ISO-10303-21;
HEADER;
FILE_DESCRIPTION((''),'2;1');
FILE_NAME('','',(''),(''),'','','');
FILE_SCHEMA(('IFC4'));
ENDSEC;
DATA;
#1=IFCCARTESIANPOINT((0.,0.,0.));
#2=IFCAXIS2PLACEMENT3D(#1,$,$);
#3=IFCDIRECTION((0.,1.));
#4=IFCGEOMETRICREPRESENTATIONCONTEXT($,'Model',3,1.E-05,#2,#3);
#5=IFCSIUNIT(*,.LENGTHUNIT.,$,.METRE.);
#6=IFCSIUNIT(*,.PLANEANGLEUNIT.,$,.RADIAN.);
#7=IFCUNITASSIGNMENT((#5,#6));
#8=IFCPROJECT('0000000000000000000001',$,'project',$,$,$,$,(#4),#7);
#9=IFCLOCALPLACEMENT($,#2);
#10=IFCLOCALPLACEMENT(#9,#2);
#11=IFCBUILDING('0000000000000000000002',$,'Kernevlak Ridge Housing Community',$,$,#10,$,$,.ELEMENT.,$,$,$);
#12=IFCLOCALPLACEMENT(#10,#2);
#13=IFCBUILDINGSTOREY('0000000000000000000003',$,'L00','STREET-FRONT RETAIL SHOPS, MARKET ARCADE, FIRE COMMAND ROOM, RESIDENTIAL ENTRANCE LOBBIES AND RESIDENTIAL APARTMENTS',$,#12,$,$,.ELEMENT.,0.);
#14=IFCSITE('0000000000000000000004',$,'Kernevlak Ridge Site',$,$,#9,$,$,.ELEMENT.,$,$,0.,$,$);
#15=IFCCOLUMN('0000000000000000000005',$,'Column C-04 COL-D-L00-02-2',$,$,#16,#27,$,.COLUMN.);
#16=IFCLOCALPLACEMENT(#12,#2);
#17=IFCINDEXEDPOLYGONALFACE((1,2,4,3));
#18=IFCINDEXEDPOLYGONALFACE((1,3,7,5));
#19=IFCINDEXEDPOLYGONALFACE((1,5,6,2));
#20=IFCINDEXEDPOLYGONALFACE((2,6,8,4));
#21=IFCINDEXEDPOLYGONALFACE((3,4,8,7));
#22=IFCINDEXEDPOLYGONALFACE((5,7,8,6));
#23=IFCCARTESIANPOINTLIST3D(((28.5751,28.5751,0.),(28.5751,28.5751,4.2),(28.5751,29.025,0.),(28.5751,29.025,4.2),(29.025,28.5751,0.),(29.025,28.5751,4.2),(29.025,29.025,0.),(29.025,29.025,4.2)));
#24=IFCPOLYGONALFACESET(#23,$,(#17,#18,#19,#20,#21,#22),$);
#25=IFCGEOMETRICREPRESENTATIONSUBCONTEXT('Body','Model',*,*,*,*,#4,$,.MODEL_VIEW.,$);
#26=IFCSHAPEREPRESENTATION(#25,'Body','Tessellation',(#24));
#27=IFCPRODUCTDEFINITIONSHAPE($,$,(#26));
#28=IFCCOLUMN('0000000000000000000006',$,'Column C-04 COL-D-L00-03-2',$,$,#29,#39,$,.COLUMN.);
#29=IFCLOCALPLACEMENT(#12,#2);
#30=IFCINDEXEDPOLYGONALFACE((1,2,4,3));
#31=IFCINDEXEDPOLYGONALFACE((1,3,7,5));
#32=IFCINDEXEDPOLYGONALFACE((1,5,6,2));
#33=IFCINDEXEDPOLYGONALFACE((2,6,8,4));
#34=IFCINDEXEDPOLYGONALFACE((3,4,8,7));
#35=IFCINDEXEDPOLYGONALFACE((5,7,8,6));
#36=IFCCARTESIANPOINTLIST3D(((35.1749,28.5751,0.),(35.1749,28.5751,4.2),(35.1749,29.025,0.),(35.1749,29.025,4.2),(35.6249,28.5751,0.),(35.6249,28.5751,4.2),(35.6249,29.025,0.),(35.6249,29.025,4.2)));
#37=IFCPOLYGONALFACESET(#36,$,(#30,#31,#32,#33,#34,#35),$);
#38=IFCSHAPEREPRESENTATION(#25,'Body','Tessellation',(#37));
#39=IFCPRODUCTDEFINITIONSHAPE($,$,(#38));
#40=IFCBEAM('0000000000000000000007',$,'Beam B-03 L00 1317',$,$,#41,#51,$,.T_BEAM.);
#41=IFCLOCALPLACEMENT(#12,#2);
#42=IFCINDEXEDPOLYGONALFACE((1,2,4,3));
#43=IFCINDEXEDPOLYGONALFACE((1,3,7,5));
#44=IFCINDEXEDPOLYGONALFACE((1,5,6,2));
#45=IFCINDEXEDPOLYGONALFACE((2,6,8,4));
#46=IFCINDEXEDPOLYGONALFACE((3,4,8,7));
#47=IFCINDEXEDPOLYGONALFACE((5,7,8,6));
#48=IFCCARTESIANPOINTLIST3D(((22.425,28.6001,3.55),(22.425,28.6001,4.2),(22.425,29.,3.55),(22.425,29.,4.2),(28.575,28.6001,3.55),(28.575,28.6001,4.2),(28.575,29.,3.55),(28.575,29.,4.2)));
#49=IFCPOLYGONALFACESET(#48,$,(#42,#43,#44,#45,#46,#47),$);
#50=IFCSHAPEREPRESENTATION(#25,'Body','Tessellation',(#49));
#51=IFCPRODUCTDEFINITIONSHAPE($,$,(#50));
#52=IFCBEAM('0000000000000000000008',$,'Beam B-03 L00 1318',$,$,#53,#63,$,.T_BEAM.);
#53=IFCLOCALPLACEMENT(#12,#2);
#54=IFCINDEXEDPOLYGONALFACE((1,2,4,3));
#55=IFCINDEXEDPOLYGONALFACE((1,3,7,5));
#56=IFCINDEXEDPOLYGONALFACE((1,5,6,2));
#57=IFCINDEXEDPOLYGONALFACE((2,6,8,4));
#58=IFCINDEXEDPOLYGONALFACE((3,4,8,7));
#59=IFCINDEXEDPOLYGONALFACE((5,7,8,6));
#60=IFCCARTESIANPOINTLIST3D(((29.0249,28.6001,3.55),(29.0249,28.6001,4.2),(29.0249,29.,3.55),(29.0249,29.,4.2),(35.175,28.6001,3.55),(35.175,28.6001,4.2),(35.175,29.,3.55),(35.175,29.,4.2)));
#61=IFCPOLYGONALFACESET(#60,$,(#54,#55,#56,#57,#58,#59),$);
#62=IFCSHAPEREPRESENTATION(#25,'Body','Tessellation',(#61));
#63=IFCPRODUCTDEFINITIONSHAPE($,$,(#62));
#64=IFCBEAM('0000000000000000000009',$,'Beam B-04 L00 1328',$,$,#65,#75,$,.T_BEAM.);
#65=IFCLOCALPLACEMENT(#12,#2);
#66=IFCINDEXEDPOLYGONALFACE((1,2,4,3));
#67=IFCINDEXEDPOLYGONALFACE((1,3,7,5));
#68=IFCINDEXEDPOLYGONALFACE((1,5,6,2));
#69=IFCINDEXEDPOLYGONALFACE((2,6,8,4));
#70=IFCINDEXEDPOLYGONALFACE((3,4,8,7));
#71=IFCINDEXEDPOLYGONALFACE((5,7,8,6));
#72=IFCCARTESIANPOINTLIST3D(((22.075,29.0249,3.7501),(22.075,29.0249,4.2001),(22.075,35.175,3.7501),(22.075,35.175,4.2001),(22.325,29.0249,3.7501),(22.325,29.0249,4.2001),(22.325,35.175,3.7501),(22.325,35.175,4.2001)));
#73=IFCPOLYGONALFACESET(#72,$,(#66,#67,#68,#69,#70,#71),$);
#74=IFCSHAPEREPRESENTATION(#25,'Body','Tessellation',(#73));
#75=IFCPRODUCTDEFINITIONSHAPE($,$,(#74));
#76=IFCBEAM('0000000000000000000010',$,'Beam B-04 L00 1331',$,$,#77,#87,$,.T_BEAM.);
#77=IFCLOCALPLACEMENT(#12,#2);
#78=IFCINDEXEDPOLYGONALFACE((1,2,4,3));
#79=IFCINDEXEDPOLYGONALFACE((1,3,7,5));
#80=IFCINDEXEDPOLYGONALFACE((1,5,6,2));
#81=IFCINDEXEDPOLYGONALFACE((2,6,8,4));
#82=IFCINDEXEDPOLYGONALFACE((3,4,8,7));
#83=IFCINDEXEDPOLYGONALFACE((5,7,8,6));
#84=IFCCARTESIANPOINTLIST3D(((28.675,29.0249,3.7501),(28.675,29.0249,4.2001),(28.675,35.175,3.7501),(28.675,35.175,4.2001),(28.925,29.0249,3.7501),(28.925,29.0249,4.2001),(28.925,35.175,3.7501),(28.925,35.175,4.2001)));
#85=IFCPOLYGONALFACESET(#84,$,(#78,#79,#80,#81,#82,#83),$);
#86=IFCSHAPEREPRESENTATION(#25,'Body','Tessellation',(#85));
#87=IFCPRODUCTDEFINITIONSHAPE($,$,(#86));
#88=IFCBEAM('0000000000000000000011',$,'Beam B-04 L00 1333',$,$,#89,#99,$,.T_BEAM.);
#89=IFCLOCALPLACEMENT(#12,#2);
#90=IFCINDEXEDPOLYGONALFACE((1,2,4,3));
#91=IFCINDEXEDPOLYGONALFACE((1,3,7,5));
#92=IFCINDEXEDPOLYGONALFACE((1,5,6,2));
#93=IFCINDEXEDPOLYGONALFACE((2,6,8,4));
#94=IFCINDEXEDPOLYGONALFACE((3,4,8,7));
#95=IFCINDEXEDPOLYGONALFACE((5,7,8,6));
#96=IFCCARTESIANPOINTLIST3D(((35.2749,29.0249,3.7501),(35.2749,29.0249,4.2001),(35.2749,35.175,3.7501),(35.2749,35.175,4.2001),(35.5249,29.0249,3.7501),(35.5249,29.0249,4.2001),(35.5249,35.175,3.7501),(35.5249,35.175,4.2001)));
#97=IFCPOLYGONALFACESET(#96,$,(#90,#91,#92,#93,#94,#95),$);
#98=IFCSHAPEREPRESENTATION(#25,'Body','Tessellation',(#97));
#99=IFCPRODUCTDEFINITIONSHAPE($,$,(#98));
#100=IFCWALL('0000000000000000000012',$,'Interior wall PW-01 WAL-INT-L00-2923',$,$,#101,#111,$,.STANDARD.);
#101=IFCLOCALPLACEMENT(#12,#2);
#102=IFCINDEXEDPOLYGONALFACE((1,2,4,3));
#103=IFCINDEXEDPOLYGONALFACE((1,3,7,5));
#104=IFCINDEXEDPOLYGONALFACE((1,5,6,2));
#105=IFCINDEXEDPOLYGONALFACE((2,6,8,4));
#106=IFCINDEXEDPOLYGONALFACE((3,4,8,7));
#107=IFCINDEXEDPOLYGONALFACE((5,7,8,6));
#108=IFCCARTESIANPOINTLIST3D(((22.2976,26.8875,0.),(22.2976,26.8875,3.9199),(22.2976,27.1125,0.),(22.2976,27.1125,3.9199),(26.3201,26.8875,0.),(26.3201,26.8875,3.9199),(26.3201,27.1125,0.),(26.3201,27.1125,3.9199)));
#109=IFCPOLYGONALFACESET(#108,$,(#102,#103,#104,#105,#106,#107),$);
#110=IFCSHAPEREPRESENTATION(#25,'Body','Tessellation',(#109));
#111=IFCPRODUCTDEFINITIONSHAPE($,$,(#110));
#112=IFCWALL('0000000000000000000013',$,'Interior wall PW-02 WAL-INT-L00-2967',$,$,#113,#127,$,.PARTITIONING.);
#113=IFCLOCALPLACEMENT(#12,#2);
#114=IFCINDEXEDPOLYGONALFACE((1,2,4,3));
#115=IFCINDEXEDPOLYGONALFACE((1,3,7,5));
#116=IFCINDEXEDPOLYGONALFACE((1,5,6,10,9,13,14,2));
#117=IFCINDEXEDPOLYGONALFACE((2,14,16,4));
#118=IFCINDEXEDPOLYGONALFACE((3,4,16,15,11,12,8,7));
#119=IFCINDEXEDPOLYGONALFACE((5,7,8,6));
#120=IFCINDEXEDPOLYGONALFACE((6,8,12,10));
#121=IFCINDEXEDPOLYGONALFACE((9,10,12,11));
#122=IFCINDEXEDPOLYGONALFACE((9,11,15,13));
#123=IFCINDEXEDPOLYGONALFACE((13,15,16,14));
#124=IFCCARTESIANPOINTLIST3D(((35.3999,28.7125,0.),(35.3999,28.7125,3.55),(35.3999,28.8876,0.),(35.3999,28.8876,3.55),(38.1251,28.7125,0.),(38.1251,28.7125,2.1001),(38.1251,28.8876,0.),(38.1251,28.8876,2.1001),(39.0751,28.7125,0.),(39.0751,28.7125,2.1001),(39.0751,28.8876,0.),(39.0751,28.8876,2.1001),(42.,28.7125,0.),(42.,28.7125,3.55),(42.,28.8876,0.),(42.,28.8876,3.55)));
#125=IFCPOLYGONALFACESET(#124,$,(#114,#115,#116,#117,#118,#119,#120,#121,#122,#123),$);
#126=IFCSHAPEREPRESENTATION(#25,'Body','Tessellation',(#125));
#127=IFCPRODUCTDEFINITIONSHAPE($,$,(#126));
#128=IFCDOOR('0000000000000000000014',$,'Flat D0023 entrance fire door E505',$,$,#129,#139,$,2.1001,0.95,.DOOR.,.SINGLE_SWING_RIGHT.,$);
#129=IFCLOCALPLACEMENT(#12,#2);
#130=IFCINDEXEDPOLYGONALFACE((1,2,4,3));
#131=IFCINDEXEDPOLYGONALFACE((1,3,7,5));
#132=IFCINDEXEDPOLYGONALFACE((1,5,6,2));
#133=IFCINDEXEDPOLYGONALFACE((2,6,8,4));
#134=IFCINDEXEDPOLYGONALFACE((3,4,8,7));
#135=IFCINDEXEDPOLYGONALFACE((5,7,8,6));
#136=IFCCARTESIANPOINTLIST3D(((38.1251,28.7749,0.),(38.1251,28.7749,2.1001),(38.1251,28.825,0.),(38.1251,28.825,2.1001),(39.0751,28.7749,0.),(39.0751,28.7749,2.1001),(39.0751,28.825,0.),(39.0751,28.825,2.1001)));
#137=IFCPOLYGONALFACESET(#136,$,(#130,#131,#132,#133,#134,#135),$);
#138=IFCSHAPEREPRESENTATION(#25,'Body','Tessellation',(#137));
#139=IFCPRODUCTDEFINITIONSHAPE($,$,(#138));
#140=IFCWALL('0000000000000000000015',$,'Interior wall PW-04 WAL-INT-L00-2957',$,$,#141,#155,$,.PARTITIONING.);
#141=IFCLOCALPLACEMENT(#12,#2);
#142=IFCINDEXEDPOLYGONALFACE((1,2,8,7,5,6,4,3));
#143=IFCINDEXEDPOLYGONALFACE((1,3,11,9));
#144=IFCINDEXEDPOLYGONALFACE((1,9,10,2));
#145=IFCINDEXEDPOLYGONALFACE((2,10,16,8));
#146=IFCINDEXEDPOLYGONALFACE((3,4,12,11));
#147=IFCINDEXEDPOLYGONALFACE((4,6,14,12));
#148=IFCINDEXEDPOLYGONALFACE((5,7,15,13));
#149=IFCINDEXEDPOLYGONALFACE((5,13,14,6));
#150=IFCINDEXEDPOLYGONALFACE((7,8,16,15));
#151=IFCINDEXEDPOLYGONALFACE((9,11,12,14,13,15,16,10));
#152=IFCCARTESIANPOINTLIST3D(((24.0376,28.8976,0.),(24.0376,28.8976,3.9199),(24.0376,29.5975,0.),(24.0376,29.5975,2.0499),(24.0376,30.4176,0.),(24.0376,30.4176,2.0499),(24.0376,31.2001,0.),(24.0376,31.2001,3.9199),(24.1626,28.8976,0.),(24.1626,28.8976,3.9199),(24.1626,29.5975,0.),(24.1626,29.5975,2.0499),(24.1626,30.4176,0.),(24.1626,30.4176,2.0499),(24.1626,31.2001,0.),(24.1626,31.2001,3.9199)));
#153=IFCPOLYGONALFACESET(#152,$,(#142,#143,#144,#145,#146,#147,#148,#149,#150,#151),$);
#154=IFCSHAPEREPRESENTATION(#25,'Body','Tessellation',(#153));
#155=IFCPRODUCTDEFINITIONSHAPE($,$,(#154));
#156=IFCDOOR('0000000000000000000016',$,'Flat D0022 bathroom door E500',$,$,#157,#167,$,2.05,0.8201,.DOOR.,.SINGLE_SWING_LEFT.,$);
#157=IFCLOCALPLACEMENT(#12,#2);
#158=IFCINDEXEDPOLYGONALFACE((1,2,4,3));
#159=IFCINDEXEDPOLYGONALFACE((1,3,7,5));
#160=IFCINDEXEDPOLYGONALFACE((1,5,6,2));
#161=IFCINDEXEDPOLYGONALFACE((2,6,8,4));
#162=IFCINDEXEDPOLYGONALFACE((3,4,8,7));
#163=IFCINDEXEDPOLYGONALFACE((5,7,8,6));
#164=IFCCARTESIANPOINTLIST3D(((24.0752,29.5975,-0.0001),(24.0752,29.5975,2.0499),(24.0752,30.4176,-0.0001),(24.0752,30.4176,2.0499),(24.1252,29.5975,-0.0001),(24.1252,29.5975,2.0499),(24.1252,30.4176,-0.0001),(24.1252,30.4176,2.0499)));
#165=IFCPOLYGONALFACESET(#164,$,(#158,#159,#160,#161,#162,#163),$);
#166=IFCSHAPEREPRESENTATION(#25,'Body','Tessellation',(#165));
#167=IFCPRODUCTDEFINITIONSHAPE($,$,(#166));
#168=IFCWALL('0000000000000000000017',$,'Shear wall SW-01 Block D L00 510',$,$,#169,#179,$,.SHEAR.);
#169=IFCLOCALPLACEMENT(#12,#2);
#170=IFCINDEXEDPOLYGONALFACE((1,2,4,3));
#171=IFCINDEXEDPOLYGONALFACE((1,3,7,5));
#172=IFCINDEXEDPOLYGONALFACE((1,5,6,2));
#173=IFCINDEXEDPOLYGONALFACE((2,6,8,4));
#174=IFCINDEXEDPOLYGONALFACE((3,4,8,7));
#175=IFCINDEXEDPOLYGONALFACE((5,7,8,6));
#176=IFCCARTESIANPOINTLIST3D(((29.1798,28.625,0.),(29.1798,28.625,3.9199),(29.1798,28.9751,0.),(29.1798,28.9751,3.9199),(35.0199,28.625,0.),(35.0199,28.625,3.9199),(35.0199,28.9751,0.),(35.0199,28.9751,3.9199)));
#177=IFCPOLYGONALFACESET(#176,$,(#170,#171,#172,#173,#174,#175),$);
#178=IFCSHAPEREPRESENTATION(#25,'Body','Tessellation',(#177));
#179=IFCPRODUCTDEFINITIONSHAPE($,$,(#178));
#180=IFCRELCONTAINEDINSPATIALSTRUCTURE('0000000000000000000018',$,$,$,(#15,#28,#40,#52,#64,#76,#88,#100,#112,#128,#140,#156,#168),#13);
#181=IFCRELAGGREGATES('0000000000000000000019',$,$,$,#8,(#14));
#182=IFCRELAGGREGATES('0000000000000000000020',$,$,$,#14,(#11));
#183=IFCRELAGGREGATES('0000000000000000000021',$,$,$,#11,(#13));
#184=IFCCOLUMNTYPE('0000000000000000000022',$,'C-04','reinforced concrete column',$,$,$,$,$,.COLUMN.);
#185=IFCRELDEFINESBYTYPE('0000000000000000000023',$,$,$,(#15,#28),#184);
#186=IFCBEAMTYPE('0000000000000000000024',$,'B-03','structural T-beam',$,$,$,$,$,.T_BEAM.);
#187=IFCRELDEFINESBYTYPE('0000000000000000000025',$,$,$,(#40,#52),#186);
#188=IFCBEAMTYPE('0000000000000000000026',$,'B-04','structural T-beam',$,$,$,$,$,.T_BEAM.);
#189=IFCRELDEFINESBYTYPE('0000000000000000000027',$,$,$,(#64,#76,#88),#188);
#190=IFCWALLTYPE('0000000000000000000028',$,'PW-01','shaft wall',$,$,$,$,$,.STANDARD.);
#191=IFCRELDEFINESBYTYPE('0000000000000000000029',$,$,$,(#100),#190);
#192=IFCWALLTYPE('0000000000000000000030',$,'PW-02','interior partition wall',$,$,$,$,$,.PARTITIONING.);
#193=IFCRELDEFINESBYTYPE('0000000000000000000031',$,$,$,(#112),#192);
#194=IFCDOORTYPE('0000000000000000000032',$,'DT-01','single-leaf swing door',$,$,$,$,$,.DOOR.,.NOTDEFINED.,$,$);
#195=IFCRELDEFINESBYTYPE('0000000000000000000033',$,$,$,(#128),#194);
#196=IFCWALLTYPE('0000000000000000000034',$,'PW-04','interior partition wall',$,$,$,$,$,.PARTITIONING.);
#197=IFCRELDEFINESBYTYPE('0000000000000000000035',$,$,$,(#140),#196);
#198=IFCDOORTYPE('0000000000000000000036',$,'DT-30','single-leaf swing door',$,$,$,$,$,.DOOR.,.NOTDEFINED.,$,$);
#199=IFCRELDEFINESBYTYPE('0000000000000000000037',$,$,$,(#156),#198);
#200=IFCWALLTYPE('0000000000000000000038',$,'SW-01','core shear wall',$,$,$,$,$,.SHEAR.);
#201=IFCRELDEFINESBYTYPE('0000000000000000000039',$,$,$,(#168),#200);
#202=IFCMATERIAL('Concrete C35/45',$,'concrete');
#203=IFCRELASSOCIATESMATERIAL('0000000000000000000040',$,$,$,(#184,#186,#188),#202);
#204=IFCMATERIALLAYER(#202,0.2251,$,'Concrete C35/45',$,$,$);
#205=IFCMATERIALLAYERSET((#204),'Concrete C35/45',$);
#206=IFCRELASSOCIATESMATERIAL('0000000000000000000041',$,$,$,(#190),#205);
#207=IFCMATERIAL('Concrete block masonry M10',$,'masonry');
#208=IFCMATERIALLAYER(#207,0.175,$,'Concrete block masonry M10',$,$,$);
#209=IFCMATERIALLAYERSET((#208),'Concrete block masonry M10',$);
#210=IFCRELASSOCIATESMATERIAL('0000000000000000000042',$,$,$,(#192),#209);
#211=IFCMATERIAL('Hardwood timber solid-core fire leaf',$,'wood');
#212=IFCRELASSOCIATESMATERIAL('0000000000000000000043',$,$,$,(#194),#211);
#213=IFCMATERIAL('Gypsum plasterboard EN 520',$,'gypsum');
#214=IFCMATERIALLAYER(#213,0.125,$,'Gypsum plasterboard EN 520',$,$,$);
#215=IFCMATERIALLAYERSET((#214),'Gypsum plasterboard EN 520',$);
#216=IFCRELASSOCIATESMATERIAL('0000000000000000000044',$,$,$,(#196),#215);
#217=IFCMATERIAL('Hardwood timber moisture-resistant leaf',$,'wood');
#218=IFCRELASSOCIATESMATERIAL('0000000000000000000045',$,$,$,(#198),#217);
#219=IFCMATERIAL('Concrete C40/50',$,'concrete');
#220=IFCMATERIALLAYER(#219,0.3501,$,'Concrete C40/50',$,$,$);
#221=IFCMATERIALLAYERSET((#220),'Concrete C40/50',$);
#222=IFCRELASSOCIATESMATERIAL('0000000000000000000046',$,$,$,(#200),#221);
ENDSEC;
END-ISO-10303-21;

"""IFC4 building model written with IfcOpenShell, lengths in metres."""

from ifc_helpers import new_model, si_unit, direction, frame, frame_2d, origin, origin_2d, place, context, subcontext, project, spatial, rectangle, extrude, material, layer, layer_set, material_profile, profile_set, type_object, element, fill, save


model = new_model("IFC4")

# Units and contexts
model_context = context("Model", 3, precision=1e-05, world=origin(), true_north=direction((0.0, 1.0)))
body_context = subcontext(model_context, "Body", "Model", "MODEL_VIEW")
ifc_project = project(units=[si_unit("LENGTHUNIT", "METRE"), si_unit("PLANEANGLEUNIT", "RADIAN")], contexts=[model_context])

# Site, building, storey
site_placement = place(None, origin())
site = spatial("IfcSite", under=ifc_project, at=site_placement, Name="Kernevlak Ridge Site", CompositionType="ELEMENT", RefElevation=0.0)
building_placement = place(site_placement, origin())
building = spatial("IfcBuilding", under=site, at=building_placement, Name="Kernevlak Ridge Housing Community", CompositionType="ELEMENT")
storey_placement = place(building_placement, origin())
storey = spatial("IfcBuildingStorey", under=building, at=storey_placement, Name="L00", Description="STREET-FRONT RETAIL SHOPS, MARKET ARCADE, FIRE COMMAND ROOM, RESIDENTIAL ENTRANCE LOBBIES AND RESIDENTIAL APARTMENTS", CompositionType="ELEMENT", Elevation=0.0)

# Columns
ifc_material_1 = material(Name="Concrete C35/45", Category="concrete")
ifc_material_profile_1 = material_profile(ifc_material_1, rectangle(XDim=0.45, YDim=0.45, at=origin_2d()), Name="RC 450x450")
ifc_profile_set_1 = profile_set([ifc_material_profile_1], Name="Concrete C35/45")
column_type = type_object("IfcColumnType", Name="C-04", Description="reinforced concrete column", PredefinedType="COLUMN", material=ifc_profile_set_1)
for number, where, z_axis, x_axis, name in (
    (1, (28.8, 28.8, 0.0), (0.0, 0.0, 1.0), (1.0, 0.0, 0.0), "Column C-04 COL-D-L00-02-2"),
    (2, (35.3999, 28.8, 0.0), (0.0, 0.0, 1.0), (1.0, 0.0, 0.0), "Column C-04 COL-D-L00-03-2"),
):
    element("IfcColumn", number, at=place(storey_placement, frame(where, z_axis=z_axis, x_axis=x_axis)), inside=storey, type_object=column_type, Name=name, PredefinedType="COLUMN", context=body_context, shape_type="SweptSolid", body=[
        extrude(rectangle(XDim=0.45, YDim=0.45, at=origin_2d()), origin(), (0.0, 0.0, 1.0), 4.2),
    ])

# Beams
ifc_material_profile_2 = material_profile(ifc_material_1, rectangle(XDim=0.3999, YDim=0.6499, at=origin_2d()), Name="RC 400x650")
ifc_profile_set_2 = profile_set([ifc_material_profile_2], Name="Concrete C35/45")
beam_type_1 = type_object("IfcBeamType", Name="B-03", Description="structural T-beam", PredefinedType="T_BEAM", material=ifc_profile_set_2)
beam_1_placement = place(storey_placement, frame((22.425, 28.8, 3.875), z_axis=(1.0, 0.0, 0.0), x_axis=(0.0, 1.0, 0.0)))
element("IfcBeam", 3, at=beam_1_placement, inside=storey, type_object=beam_type_1, Name="Beam B-03 L00 1317", PredefinedType="T_BEAM", context=body_context, shape_type="SweptSolid", body=[
    extrude(rectangle(XDim=0.3999, YDim=0.6499, at=origin_2d()), origin(), (0.0, 0.0, 1.0), 6.1499),
])
beam_2_placement = place(storey_placement, frame((29.0249, 28.8, 3.875), z_axis=(1.0, 0.0, 0.0), x_axis=(0.0, 1.0, 0.0)))
element("IfcBeam", 4, at=beam_2_placement, inside=storey, type_object=beam_type_1, Name="Beam B-03 L00 1318", PredefinedType="T_BEAM", context=body_context, shape_type="SweptSolid", body=[
    extrude(rectangle(XDim=0.3999, YDim=0.6499, at=origin_2d()), origin(), (0.0, 0.0, 1.0), 6.1501),
])
ifc_material_profile_3 = material_profile(ifc_material_1, rectangle(XDim=0.25, YDim=0.45, at=origin_2d()), Name="RC 250x450")
ifc_profile_set_3 = profile_set([ifc_material_profile_3], Name="Concrete C35/45")
beam_type_2 = type_object("IfcBeamType", Name="B-04", Description="structural T-beam", PredefinedType="T_BEAM", material=ifc_profile_set_3)
for number, where, z_axis, x_axis, name in (
    (5, (22.2, 29.0249, 3.9751), (0.0, 1.0, 0.0), (-1.0, 0.0, 0.0), "Beam B-04 L00 1328"),
    (6, (28.8, 29.0249, 3.9751), (0.0, 1.0, 0.0), (-1.0, 0.0, 0.0), "Beam B-04 L00 1331"),
    (7, (35.3999, 29.0249, 3.9751), (0.0, 1.0, 0.0), (-1.0, 0.0, 0.0), "Beam B-04 L00 1333"),
):
    element("IfcBeam", number, at=place(storey_placement, frame(where, z_axis=z_axis, x_axis=x_axis)), inside=storey, type_object=beam_type_2, Name=name, PredefinedType="T_BEAM", context=body_context, shape_type="SweptSolid", body=[
        extrude(rectangle(XDim=0.25, YDim=0.45, at=origin_2d()), origin(), (0.0, 0.0, 1.0), 6.1501),
    ])

# Wall
ifc_layer_1 = layer(ifc_material_1, 0.2251, Name="Concrete C35/45")
ifc_layer_set_1 = layer_set([ifc_layer_1], Name="Concrete C35/45")
wall_type_1 = type_object("IfcWallType", Name="PW-01", Description="shaft wall", PredefinedType="STANDARD", material=ifc_layer_set_1)
wall_1_placement = place(storey_placement, frame((22.2976, 27.0, 0.0), z_axis=(0.0, 0.0, 1.0), x_axis=(1.0, 0.0, 0.0)))
element("IfcWall", 8, at=wall_1_placement, inside=storey, type_object=wall_type_1, Name="Interior wall PW-01 WAL-INT-L00-2923", PredefinedType="STANDARD", context=body_context, shape_type="SweptSolid", body=[
    extrude(rectangle(XDim=4.0225, YDim=0.2251, at=frame_2d((2.0112, 0.0))), origin(), (0.0, 0.0, 1.0), 3.9199),
])

# Walls, openings, doors
ifc_material_2 = material(Name="Concrete block masonry M10", Category="masonry")
ifc_layer_2 = layer(ifc_material_2, 0.175, Name="Concrete block masonry M10")
ifc_layer_set_2 = layer_set([ifc_layer_2], Name="Concrete block masonry M10")
wall_type_2 = type_object("IfcWallType", Name="PW-02", Description="interior partition wall", PredefinedType="PARTITIONING", material=ifc_layer_set_2)
wall_2_placement = place(storey_placement, frame((35.3999, 28.8, 0.0), z_axis=(0.0, 0.0, 1.0), x_axis=(1.0, 0.0, 0.0)))
wall_2 = element("IfcWall", 9, at=wall_2_placement, inside=storey, type_object=wall_type_2, Name="Interior wall PW-02 WAL-INT-L00-2967", PredefinedType="PARTITIONING", context=body_context, shape_type="SweptSolid", body=[
    extrude(rectangle(XDim=6.6001, YDim=0.175, at=frame_2d((3.3, 0.0))), origin(), (0.0, 0.0, 1.0), 3.55),
])
opening_1_placement = place(wall_2_placement, frame((2.7251, 0.0, 0.0)))
opening_1 = element("IfcOpeningElement", 10, at=opening_1_placement, cuts=wall_2, PredefinedType="OPENING", context=body_context, shape_type="SweptSolid", body=[
    extrude(rectangle(XDim=0.95, YDim=2.1001, at=frame_2d((0.4751, 1.05))), frame((0.0, 0.0974, 0.0), z_axis=(0.0, -1.0, 0.0), x_axis=(1.0, 0.0, 0.0)), (0.0, 0.0, 1.0), 0.1951),
])
ifc_material_3 = material(Name="Hardwood timber solid-core fire leaf", Category="wood")
door_type_1 = type_object("IfcDoorType", Name="DT-01", Description="single-leaf swing door", OperationType="NOTDEFINED", PredefinedType="DOOR", material=ifc_material_3)
door_1_placement = place(opening_1_placement, origin())
door_1 = element("IfcDoor", 11, at=door_1_placement, inside=storey, type_object=door_type_1, Name="Flat D0023 entrance fire door E505", OperationType="SINGLE_SWING_RIGHT", OverallHeight=2.1001, OverallWidth=0.95, PredefinedType="DOOR", context=body_context, shape_type="SweptSolid", body=[
    extrude(rectangle(XDim=0.95, YDim=2.1001, at=frame_2d((0.4751, 1.05))), frame((0.0, 0.0249, 0.0), z_axis=(0.0, -1.0, 0.0), x_axis=(1.0, 0.0, 0.0)), (0.0, 0.0, 1.0), 0.05),
])
fill(opening_1, door_1)
ifc_material_4 = material(Name="Gypsum plasterboard EN 520", Category="gypsum")
ifc_layer_3 = layer(ifc_material_4, 0.125, Name="Gypsum plasterboard EN 520")
ifc_layer_set_3 = layer_set([ifc_layer_3], Name="Gypsum plasterboard EN 520")
wall_type_3 = type_object("IfcWallType", Name="PW-04", Description="interior partition wall", PredefinedType="PARTITIONING", material=ifc_layer_set_3)
wall_3_placement = place(storey_placement, frame((24.1001, 28.8975, 0.0), z_axis=(0.0, 0.0, 1.0), x_axis=(0.0, 1.0, 0.0)))
wall_3 = element("IfcWall", 12, at=wall_3_placement, inside=storey, type_object=wall_type_3, Name="Interior wall PW-04 WAL-INT-L00-2957", PredefinedType="PARTITIONING", context=body_context, shape_type="SweptSolid", body=[
    extrude(rectangle(XDim=2.3025, YDim=0.125, at=frame_2d((1.1514, 0.0))), origin(), (0.0, 0.0, 1.0), 3.9199),
])
opening_2_placement = place(wall_3_placement, frame((0.7, 0.0, 0.0)))
opening_2 = element("IfcOpeningElement", 13, at=opening_2_placement, cuts=wall_3, PredefinedType="OPENING", context=body_context, shape_type="SweptSolid", body=[
    extrude(rectangle(XDim=0.8201, YDim=2.05, at=frame_2d((0.4102, 1.0249))), frame((0.0, 0.0725, 0.0), z_axis=(0.0, -1.0, 0.0), x_axis=(1.0, 0.0, 0.0)), (0.0, 0.0, 1.0), 0.145),
])
ifc_material_5 = material(Name="Hardwood timber moisture-resistant leaf", Category="wood")
door_type_2 = type_object("IfcDoorType", Name="DT-30", Description="single-leaf swing door", OperationType="NOTDEFINED", PredefinedType="DOOR", material=ifc_material_5)
door_2_placement = place(opening_2_placement, origin())
door_2 = element("IfcDoor", 14, at=door_2_placement, inside=storey, type_object=door_type_2, Name="Flat D0022 bathroom door E500", OperationType="SINGLE_SWING_LEFT", OverallHeight=2.05, OverallWidth=0.8201, PredefinedType="DOOR", context=body_context, shape_type="SweptSolid", body=[
    extrude(rectangle(XDim=0.8201, YDim=2.05, at=frame_2d((0.4102, 1.0249))), frame((0.0, 0.0249, 0.0), z_axis=(0.0, -1.0, 0.0), x_axis=(1.0, 0.0, 0.0)), (0.0, 0.0, 1.0), 0.05),
])
fill(opening_2, door_2)

# Wall
ifc_material_6 = material(Name="Concrete C40/50", Category="concrete")
ifc_layer_4 = layer(ifc_material_6, 0.3501, Name="Concrete C40/50")
ifc_layer_set_4 = layer_set([ifc_layer_4], Name="Concrete C40/50")
wall_type_4 = type_object("IfcWallType", Name="SW-01", Description="core shear wall", PredefinedType="SHEAR", material=ifc_layer_set_4)
wall_4_placement = place(storey_placement, frame((29.1799, 28.8, 0.0), z_axis=(0.0, 0.0, 1.0), x_axis=(1.0, 0.0, 0.0)))
element("IfcWall", 15, at=wall_4_placement, inside=storey, type_object=wall_type_4, Name="Shear wall SW-01 Block D L00 510", PredefinedType="SHEAR", context=body_context, shape_type="SweptSolid", body=[
    extrude(rectangle(XDim=5.8401, YDim=0.3501, at=frame_2d((2.9199, 0.0))), origin(), (0.0, 0.0, 1.0), 3.9199),
])

save(model, "model.ifc")
